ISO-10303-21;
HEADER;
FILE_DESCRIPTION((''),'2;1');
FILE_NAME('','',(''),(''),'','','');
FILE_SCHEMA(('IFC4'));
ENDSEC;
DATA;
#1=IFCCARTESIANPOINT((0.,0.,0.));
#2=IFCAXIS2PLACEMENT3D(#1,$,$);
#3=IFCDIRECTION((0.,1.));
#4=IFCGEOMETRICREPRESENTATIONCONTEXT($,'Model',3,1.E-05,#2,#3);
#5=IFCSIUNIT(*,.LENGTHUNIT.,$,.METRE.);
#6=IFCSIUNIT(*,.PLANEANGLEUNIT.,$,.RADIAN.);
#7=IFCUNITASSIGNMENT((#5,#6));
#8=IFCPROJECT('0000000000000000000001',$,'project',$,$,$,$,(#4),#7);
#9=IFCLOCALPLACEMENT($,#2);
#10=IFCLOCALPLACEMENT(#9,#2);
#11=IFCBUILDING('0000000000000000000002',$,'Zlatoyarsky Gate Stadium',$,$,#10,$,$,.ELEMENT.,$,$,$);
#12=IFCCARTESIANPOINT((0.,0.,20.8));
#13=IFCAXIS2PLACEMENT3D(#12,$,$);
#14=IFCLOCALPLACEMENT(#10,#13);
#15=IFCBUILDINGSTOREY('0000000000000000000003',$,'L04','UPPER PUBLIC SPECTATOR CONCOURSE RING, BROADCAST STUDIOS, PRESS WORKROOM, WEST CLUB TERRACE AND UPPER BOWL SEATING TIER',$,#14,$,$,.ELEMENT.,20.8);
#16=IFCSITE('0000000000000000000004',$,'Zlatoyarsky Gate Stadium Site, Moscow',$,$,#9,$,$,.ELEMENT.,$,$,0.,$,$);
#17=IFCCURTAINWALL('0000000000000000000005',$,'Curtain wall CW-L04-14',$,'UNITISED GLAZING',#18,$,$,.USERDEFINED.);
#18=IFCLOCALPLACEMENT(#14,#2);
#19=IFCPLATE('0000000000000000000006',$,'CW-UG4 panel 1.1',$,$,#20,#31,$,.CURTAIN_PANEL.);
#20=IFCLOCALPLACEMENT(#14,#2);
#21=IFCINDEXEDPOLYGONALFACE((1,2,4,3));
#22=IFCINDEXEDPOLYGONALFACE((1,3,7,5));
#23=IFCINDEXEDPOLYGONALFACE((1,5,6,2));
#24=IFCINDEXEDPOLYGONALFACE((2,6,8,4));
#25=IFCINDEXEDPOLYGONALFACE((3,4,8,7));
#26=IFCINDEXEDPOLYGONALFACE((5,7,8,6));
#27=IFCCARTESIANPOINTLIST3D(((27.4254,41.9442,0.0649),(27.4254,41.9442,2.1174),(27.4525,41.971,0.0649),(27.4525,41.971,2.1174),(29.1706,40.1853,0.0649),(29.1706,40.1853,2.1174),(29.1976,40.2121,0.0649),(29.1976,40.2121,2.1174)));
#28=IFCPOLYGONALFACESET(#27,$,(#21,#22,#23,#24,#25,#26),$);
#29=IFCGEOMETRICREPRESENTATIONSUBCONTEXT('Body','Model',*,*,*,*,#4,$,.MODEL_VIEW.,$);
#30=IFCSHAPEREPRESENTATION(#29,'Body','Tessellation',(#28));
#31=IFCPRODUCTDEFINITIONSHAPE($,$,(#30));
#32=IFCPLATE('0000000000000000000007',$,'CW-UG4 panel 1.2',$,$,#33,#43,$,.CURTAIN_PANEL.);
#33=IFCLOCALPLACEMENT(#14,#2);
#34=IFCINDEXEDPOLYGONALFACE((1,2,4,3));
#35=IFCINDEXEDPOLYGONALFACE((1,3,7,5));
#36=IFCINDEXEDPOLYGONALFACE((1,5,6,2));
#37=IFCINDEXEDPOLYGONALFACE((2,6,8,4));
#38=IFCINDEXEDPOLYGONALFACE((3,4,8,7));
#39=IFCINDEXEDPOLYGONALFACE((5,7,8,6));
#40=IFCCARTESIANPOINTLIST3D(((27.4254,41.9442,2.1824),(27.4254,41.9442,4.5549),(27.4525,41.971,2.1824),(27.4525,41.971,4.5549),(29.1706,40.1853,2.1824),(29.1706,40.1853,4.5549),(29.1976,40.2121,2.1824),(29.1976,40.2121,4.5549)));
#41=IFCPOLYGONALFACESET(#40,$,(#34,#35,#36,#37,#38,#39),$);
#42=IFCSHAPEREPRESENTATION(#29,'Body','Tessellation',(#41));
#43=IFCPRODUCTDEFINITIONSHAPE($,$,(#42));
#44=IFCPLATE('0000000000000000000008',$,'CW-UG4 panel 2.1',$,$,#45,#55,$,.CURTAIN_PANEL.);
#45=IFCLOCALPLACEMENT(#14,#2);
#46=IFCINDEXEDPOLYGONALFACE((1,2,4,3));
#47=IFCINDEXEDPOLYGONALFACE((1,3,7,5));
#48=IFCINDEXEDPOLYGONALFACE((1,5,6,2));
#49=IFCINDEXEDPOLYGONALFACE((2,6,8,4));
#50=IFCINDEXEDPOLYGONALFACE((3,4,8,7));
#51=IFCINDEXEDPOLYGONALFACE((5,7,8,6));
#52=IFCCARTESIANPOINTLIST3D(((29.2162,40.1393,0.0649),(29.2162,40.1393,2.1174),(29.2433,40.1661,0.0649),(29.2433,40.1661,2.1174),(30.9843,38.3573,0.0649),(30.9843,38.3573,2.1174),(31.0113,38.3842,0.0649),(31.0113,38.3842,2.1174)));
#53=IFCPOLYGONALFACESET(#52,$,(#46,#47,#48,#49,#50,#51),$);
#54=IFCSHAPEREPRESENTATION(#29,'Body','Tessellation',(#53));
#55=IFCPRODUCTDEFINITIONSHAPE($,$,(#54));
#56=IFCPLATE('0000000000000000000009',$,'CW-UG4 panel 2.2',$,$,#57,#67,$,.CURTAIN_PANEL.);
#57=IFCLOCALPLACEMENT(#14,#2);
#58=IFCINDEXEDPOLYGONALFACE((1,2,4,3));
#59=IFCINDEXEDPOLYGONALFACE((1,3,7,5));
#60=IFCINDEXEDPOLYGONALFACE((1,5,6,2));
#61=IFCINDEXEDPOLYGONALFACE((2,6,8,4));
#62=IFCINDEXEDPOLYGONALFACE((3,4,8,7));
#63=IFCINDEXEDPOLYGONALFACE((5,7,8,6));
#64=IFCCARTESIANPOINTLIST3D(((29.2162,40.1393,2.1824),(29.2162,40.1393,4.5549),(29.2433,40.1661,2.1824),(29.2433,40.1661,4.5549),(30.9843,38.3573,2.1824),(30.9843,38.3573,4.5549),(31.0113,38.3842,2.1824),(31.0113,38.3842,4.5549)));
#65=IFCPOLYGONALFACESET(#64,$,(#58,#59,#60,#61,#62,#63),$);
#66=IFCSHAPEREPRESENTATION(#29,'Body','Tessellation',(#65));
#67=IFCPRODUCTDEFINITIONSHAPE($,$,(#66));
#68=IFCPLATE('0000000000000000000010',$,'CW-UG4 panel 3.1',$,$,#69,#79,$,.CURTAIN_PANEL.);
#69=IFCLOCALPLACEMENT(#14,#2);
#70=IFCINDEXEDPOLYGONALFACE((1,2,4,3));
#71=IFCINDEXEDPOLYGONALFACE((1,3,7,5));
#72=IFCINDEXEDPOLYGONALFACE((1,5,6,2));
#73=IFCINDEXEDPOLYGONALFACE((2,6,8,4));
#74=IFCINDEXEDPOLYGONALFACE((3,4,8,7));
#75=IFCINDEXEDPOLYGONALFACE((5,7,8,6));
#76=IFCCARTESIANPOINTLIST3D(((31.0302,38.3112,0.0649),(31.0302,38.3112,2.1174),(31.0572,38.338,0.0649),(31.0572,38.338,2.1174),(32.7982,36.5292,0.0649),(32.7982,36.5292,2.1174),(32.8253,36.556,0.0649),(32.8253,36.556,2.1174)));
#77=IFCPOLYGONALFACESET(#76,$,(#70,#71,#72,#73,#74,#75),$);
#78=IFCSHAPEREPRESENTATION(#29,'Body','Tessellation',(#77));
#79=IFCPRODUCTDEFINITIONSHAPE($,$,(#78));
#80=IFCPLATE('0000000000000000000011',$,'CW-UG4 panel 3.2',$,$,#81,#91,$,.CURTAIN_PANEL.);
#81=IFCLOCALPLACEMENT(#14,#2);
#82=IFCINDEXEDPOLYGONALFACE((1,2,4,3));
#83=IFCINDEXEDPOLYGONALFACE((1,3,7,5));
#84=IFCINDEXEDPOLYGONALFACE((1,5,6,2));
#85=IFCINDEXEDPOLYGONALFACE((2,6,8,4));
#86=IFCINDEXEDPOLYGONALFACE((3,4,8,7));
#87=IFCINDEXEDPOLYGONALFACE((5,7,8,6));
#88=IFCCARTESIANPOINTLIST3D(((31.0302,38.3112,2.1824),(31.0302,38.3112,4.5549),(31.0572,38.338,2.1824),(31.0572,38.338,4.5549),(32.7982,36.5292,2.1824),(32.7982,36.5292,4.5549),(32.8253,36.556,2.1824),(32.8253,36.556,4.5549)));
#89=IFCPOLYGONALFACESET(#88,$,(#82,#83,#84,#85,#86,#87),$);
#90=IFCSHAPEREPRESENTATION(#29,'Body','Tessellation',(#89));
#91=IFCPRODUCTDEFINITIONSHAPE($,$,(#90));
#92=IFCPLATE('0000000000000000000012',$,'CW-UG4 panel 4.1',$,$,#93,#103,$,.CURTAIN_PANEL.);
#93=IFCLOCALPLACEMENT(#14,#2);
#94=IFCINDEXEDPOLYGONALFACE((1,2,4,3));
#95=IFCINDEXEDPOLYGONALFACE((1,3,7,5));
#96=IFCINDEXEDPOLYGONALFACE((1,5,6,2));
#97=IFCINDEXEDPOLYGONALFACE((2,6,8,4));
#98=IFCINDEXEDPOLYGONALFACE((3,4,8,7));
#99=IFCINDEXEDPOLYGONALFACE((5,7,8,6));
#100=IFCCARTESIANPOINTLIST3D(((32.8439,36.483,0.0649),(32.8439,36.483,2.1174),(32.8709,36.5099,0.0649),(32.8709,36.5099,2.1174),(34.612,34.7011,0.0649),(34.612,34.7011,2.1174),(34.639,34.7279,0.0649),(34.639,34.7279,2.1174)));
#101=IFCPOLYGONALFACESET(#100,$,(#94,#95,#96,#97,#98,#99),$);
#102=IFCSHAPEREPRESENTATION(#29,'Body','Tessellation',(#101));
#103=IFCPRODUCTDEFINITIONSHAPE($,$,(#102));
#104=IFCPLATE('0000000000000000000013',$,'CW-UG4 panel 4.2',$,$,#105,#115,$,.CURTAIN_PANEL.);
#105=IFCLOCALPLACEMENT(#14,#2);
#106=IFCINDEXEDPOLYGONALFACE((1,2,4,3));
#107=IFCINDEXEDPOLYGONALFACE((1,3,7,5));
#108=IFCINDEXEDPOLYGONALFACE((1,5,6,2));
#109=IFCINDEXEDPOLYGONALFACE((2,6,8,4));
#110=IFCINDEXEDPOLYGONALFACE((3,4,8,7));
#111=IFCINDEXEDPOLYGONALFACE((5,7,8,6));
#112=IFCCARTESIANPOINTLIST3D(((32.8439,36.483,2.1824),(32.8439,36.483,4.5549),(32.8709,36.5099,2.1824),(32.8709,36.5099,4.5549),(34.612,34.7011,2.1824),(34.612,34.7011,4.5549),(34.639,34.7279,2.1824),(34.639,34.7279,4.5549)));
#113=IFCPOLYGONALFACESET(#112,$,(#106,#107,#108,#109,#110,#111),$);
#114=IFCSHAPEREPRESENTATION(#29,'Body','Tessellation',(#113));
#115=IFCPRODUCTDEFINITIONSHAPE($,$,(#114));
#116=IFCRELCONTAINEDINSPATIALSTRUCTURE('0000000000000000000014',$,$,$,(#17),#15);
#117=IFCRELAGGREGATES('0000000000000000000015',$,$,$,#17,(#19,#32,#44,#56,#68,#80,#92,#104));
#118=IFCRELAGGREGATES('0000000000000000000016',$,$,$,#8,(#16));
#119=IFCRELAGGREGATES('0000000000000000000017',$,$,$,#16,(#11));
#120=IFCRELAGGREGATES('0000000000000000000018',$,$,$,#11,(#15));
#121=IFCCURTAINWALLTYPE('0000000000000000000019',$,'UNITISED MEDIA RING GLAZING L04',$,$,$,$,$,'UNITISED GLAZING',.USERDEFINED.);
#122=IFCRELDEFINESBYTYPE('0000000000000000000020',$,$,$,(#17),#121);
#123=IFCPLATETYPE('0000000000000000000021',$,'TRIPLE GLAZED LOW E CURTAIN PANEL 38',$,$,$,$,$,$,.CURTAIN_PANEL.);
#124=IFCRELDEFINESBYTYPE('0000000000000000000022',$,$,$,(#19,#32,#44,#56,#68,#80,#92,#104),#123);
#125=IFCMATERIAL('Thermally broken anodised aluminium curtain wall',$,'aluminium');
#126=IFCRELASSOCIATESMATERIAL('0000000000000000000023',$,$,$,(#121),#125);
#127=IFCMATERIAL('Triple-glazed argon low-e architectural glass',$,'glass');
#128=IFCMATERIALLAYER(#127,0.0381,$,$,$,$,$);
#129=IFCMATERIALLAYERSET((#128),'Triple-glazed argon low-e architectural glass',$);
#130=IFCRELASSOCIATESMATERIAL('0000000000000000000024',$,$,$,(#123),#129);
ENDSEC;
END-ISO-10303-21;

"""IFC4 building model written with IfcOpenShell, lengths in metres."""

from ifc_helpers import new_model, si_unit, direction, frame, origin, origin_2d, place, context, subcontext, project, spatial, rectangle, extrude, material, layer, layer_set, type_object, element, aggregate, save


model = new_model("IFC4")

# Units and contexts
model_context = context("Model", 3, precision=1e-05, world=origin(), true_north=direction((0.0, 1.0)))
body_context = subcontext(model_context, "Body", "Model", "MODEL_VIEW")
ifc_project = project(units=[si_unit("LENGTHUNIT", "METRE"), si_unit("PLANEANGLEUNIT", "RADIAN")], contexts=[model_context])

# Site, building, storey
site_placement = place(None, origin())
site = spatial("IfcSite", under=ifc_project, at=site_placement, Name="Zlatoyarsky Gate Stadium Site, Moscow", CompositionType="ELEMENT", RefElevation=0.0)
building_placement = place(site_placement, origin())
building = spatial("IfcBuilding", under=site, at=building_placement, Name="Zlatoyarsky Gate Stadium", CompositionType="ELEMENT")
storey_placement = place(building_placement, frame((0.0, 0.0, 20.8)))
storey = spatial("IfcBuildingStorey", under=building, at=storey_placement, Name="L04", Description="UPPER PUBLIC SPECTATOR CONCOURSE RING, BROADCAST STUDIOS, PRESS WORKROOM, WEST CLUB TERRACE AND UPPER BOWL SEATING TIER", CompositionType="ELEMENT", Elevation=20.8)

# Shared definitions
ifc_material_1 = material(Name="Thermally broken anodised aluminium curtain wall", Category="aluminium")
curtain_wall_type = type_object("IfcCurtainWallType", Name="UNITISED MEDIA RING GLAZING L04", ElementType="UNITISED GLAZING", PredefinedType="USERDEFINED", material=ifc_material_1)

# Curtain wall
curtain_wall_1_placement = place(storey_placement, origin())
curtain_wall_1 = element("IfcCurtainWall", 1, at=curtain_wall_1_placement, inside=storey, type_object=curtain_wall_type, Name="Curtain wall CW-L04-14", ObjectType="UNITISED GLAZING", PredefinedType="USERDEFINED")

# Plates
ifc_material_2 = material(Name="Triple-glazed argon low-e architectural glass", Category="glass")
ifc_layer_1 = layer(ifc_material_2, 0.0381)
ifc_layer_set_1 = layer_set([ifc_layer_1], Name="Triple-glazed argon low-e architectural glass")
plate_type_1 = type_object("IfcPlateType", Name="TRIPLE GLAZED LOW E CURTAIN PANEL 38", PredefinedType="CURTAIN_PANEL", material=ifc_layer_set_1)
plate_1_placement = place(storey_placement, frame((28.3115, 41.0781, 0.0649), z_axis=(0.0, 0.0, 1.0), x_axis=(0.704332, -0.709871, 0.0)))
plate_1 = element("IfcPlate", 2, at=plate_1_placement, type_object=plate_type_1, Name="CW-UG4 panel 1.1", PredefinedType="CURTAIN_PANEL", context=body_context, shape_type="SweptSolid", body=[
    extrude(rectangle(XDim=2.4778, YDim=0.0381, at=origin_2d()), origin(), (0.0, 0.0, 1.0), 2.0525),
])
plate_2_placement = place(storey_placement, frame((28.3115, 41.0781, 2.1824), z_axis=(0.0, 0.0, 1.0), x_axis=(0.704332, -0.709871, 0.0)))
plate_2 = element("IfcPlate", 3, at=plate_2_placement, type_object=plate_type_1, Name="CW-UG4 panel 1.2", PredefinedType="CURTAIN_PANEL", context=body_context, shape_type="SweptSolid", body=[
    extrude(rectangle(XDim=2.4778, YDim=0.0381, at=origin_2d()), origin(), (0.0, 0.0, 1.0), 2.3726),
])
plate_3_placement = place(storey_placement, frame((30.1138, 39.2617, 0.0649), z_axis=(0.0, 0.0, 1.0), x_axis=(0.704332, -0.709871, 0.0)))
plate_3 = element("IfcPlate", 4, at=plate_3_placement, type_object=plate_type_1, Name="CW-UG4 panel 2.1", PredefinedType="CURTAIN_PANEL", context=body_context, shape_type="SweptSolid", body=[
    extrude(rectangle(XDim=2.5103, YDim=0.0381, at=origin_2d()), origin(), (0.0, 0.0, 1.0), 2.0525),
])
plate_4_placement = place(storey_placement, frame((30.1138, 39.2617, 2.1824), z_axis=(0.0, 0.0, 1.0), x_axis=(0.704332, -0.709871, 0.0)))
plate_4 = element("IfcPlate", 5, at=plate_4_placement, type_object=plate_type_1, Name="CW-UG4 panel 2.2", PredefinedType="CURTAIN_PANEL", context=body_context, shape_type="SweptSolid", body=[
    extrude(rectangle(XDim=2.5103, YDim=0.0381, at=origin_2d()), origin(), (0.0, 0.0, 1.0), 2.3726),
])
plate_5_placement = place(storey_placement, frame((31.9277, 37.4336, 0.0649), z_axis=(0.0, 0.0, 1.0), x_axis=(0.704332, -0.709871, 0.0)))
plate_5 = element("IfcPlate", 6, at=plate_5_placement, type_object=plate_type_1, Name="CW-UG4 panel 3.1", PredefinedType="CURTAIN_PANEL", context=body_context, shape_type="SweptSolid", body=[
    extrude(rectangle(XDim=2.5103, YDim=0.0381, at=origin_2d()), origin(), (0.0, 0.0, 1.0), 2.0525),
])
plate_6_placement = place(storey_placement, frame((31.9277, 37.4336, 2.1824), z_axis=(0.0, 0.0, 1.0), x_axis=(0.704332, -0.709871, 0.0)))
plate_6 = element("IfcPlate", 7, at=plate_6_placement, type_object=plate_type_1, Name="CW-UG4 panel 3.2", PredefinedType="CURTAIN_PANEL", context=body_context, shape_type="SweptSolid", body=[
    extrude(rectangle(XDim=2.5103, YDim=0.0381, at=origin_2d()), origin(), (0.0, 0.0, 1.0), 2.3726),
])
plate_7_placement = place(storey_placement, frame((33.7415, 35.6055, 0.0649), z_axis=(0.0, 0.0, 1.0), x_axis=(0.704332, -0.709871, 0.0)))
plate_7 = element("IfcPlate", 8, at=plate_7_placement, type_object=plate_type_1, Name="CW-UG4 panel 4.1", PredefinedType="CURTAIN_PANEL", context=body_context, shape_type="SweptSolid", body=[
    extrude(rectangle(XDim=2.5103, YDim=0.0381, at=origin_2d()), origin(), (0.0, 0.0, 1.0), 2.0525),
])
plate_8_placement = place(storey_placement, frame((33.7415, 35.6055, 2.1824), z_axis=(0.0, 0.0, 1.0), x_axis=(0.704332, -0.709871, 0.0)))
plate_8 = element("IfcPlate", 9, at=plate_8_placement, type_object=plate_type_1, Name="CW-UG4 panel 4.2", PredefinedType="CURTAIN_PANEL", context=body_context, shape_type="SweptSolid", body=[
    extrude(rectangle(XDim=2.5103, YDim=0.0381, at=origin_2d()), origin(), (0.0, 0.0, 1.0), 2.3726),
])
aggregate(curtain_wall_1, [plate_1, plate_2, plate_3, plate_4, plate_5, plate_6, plate_7, plate_8])

save(model, "model.ifc")
